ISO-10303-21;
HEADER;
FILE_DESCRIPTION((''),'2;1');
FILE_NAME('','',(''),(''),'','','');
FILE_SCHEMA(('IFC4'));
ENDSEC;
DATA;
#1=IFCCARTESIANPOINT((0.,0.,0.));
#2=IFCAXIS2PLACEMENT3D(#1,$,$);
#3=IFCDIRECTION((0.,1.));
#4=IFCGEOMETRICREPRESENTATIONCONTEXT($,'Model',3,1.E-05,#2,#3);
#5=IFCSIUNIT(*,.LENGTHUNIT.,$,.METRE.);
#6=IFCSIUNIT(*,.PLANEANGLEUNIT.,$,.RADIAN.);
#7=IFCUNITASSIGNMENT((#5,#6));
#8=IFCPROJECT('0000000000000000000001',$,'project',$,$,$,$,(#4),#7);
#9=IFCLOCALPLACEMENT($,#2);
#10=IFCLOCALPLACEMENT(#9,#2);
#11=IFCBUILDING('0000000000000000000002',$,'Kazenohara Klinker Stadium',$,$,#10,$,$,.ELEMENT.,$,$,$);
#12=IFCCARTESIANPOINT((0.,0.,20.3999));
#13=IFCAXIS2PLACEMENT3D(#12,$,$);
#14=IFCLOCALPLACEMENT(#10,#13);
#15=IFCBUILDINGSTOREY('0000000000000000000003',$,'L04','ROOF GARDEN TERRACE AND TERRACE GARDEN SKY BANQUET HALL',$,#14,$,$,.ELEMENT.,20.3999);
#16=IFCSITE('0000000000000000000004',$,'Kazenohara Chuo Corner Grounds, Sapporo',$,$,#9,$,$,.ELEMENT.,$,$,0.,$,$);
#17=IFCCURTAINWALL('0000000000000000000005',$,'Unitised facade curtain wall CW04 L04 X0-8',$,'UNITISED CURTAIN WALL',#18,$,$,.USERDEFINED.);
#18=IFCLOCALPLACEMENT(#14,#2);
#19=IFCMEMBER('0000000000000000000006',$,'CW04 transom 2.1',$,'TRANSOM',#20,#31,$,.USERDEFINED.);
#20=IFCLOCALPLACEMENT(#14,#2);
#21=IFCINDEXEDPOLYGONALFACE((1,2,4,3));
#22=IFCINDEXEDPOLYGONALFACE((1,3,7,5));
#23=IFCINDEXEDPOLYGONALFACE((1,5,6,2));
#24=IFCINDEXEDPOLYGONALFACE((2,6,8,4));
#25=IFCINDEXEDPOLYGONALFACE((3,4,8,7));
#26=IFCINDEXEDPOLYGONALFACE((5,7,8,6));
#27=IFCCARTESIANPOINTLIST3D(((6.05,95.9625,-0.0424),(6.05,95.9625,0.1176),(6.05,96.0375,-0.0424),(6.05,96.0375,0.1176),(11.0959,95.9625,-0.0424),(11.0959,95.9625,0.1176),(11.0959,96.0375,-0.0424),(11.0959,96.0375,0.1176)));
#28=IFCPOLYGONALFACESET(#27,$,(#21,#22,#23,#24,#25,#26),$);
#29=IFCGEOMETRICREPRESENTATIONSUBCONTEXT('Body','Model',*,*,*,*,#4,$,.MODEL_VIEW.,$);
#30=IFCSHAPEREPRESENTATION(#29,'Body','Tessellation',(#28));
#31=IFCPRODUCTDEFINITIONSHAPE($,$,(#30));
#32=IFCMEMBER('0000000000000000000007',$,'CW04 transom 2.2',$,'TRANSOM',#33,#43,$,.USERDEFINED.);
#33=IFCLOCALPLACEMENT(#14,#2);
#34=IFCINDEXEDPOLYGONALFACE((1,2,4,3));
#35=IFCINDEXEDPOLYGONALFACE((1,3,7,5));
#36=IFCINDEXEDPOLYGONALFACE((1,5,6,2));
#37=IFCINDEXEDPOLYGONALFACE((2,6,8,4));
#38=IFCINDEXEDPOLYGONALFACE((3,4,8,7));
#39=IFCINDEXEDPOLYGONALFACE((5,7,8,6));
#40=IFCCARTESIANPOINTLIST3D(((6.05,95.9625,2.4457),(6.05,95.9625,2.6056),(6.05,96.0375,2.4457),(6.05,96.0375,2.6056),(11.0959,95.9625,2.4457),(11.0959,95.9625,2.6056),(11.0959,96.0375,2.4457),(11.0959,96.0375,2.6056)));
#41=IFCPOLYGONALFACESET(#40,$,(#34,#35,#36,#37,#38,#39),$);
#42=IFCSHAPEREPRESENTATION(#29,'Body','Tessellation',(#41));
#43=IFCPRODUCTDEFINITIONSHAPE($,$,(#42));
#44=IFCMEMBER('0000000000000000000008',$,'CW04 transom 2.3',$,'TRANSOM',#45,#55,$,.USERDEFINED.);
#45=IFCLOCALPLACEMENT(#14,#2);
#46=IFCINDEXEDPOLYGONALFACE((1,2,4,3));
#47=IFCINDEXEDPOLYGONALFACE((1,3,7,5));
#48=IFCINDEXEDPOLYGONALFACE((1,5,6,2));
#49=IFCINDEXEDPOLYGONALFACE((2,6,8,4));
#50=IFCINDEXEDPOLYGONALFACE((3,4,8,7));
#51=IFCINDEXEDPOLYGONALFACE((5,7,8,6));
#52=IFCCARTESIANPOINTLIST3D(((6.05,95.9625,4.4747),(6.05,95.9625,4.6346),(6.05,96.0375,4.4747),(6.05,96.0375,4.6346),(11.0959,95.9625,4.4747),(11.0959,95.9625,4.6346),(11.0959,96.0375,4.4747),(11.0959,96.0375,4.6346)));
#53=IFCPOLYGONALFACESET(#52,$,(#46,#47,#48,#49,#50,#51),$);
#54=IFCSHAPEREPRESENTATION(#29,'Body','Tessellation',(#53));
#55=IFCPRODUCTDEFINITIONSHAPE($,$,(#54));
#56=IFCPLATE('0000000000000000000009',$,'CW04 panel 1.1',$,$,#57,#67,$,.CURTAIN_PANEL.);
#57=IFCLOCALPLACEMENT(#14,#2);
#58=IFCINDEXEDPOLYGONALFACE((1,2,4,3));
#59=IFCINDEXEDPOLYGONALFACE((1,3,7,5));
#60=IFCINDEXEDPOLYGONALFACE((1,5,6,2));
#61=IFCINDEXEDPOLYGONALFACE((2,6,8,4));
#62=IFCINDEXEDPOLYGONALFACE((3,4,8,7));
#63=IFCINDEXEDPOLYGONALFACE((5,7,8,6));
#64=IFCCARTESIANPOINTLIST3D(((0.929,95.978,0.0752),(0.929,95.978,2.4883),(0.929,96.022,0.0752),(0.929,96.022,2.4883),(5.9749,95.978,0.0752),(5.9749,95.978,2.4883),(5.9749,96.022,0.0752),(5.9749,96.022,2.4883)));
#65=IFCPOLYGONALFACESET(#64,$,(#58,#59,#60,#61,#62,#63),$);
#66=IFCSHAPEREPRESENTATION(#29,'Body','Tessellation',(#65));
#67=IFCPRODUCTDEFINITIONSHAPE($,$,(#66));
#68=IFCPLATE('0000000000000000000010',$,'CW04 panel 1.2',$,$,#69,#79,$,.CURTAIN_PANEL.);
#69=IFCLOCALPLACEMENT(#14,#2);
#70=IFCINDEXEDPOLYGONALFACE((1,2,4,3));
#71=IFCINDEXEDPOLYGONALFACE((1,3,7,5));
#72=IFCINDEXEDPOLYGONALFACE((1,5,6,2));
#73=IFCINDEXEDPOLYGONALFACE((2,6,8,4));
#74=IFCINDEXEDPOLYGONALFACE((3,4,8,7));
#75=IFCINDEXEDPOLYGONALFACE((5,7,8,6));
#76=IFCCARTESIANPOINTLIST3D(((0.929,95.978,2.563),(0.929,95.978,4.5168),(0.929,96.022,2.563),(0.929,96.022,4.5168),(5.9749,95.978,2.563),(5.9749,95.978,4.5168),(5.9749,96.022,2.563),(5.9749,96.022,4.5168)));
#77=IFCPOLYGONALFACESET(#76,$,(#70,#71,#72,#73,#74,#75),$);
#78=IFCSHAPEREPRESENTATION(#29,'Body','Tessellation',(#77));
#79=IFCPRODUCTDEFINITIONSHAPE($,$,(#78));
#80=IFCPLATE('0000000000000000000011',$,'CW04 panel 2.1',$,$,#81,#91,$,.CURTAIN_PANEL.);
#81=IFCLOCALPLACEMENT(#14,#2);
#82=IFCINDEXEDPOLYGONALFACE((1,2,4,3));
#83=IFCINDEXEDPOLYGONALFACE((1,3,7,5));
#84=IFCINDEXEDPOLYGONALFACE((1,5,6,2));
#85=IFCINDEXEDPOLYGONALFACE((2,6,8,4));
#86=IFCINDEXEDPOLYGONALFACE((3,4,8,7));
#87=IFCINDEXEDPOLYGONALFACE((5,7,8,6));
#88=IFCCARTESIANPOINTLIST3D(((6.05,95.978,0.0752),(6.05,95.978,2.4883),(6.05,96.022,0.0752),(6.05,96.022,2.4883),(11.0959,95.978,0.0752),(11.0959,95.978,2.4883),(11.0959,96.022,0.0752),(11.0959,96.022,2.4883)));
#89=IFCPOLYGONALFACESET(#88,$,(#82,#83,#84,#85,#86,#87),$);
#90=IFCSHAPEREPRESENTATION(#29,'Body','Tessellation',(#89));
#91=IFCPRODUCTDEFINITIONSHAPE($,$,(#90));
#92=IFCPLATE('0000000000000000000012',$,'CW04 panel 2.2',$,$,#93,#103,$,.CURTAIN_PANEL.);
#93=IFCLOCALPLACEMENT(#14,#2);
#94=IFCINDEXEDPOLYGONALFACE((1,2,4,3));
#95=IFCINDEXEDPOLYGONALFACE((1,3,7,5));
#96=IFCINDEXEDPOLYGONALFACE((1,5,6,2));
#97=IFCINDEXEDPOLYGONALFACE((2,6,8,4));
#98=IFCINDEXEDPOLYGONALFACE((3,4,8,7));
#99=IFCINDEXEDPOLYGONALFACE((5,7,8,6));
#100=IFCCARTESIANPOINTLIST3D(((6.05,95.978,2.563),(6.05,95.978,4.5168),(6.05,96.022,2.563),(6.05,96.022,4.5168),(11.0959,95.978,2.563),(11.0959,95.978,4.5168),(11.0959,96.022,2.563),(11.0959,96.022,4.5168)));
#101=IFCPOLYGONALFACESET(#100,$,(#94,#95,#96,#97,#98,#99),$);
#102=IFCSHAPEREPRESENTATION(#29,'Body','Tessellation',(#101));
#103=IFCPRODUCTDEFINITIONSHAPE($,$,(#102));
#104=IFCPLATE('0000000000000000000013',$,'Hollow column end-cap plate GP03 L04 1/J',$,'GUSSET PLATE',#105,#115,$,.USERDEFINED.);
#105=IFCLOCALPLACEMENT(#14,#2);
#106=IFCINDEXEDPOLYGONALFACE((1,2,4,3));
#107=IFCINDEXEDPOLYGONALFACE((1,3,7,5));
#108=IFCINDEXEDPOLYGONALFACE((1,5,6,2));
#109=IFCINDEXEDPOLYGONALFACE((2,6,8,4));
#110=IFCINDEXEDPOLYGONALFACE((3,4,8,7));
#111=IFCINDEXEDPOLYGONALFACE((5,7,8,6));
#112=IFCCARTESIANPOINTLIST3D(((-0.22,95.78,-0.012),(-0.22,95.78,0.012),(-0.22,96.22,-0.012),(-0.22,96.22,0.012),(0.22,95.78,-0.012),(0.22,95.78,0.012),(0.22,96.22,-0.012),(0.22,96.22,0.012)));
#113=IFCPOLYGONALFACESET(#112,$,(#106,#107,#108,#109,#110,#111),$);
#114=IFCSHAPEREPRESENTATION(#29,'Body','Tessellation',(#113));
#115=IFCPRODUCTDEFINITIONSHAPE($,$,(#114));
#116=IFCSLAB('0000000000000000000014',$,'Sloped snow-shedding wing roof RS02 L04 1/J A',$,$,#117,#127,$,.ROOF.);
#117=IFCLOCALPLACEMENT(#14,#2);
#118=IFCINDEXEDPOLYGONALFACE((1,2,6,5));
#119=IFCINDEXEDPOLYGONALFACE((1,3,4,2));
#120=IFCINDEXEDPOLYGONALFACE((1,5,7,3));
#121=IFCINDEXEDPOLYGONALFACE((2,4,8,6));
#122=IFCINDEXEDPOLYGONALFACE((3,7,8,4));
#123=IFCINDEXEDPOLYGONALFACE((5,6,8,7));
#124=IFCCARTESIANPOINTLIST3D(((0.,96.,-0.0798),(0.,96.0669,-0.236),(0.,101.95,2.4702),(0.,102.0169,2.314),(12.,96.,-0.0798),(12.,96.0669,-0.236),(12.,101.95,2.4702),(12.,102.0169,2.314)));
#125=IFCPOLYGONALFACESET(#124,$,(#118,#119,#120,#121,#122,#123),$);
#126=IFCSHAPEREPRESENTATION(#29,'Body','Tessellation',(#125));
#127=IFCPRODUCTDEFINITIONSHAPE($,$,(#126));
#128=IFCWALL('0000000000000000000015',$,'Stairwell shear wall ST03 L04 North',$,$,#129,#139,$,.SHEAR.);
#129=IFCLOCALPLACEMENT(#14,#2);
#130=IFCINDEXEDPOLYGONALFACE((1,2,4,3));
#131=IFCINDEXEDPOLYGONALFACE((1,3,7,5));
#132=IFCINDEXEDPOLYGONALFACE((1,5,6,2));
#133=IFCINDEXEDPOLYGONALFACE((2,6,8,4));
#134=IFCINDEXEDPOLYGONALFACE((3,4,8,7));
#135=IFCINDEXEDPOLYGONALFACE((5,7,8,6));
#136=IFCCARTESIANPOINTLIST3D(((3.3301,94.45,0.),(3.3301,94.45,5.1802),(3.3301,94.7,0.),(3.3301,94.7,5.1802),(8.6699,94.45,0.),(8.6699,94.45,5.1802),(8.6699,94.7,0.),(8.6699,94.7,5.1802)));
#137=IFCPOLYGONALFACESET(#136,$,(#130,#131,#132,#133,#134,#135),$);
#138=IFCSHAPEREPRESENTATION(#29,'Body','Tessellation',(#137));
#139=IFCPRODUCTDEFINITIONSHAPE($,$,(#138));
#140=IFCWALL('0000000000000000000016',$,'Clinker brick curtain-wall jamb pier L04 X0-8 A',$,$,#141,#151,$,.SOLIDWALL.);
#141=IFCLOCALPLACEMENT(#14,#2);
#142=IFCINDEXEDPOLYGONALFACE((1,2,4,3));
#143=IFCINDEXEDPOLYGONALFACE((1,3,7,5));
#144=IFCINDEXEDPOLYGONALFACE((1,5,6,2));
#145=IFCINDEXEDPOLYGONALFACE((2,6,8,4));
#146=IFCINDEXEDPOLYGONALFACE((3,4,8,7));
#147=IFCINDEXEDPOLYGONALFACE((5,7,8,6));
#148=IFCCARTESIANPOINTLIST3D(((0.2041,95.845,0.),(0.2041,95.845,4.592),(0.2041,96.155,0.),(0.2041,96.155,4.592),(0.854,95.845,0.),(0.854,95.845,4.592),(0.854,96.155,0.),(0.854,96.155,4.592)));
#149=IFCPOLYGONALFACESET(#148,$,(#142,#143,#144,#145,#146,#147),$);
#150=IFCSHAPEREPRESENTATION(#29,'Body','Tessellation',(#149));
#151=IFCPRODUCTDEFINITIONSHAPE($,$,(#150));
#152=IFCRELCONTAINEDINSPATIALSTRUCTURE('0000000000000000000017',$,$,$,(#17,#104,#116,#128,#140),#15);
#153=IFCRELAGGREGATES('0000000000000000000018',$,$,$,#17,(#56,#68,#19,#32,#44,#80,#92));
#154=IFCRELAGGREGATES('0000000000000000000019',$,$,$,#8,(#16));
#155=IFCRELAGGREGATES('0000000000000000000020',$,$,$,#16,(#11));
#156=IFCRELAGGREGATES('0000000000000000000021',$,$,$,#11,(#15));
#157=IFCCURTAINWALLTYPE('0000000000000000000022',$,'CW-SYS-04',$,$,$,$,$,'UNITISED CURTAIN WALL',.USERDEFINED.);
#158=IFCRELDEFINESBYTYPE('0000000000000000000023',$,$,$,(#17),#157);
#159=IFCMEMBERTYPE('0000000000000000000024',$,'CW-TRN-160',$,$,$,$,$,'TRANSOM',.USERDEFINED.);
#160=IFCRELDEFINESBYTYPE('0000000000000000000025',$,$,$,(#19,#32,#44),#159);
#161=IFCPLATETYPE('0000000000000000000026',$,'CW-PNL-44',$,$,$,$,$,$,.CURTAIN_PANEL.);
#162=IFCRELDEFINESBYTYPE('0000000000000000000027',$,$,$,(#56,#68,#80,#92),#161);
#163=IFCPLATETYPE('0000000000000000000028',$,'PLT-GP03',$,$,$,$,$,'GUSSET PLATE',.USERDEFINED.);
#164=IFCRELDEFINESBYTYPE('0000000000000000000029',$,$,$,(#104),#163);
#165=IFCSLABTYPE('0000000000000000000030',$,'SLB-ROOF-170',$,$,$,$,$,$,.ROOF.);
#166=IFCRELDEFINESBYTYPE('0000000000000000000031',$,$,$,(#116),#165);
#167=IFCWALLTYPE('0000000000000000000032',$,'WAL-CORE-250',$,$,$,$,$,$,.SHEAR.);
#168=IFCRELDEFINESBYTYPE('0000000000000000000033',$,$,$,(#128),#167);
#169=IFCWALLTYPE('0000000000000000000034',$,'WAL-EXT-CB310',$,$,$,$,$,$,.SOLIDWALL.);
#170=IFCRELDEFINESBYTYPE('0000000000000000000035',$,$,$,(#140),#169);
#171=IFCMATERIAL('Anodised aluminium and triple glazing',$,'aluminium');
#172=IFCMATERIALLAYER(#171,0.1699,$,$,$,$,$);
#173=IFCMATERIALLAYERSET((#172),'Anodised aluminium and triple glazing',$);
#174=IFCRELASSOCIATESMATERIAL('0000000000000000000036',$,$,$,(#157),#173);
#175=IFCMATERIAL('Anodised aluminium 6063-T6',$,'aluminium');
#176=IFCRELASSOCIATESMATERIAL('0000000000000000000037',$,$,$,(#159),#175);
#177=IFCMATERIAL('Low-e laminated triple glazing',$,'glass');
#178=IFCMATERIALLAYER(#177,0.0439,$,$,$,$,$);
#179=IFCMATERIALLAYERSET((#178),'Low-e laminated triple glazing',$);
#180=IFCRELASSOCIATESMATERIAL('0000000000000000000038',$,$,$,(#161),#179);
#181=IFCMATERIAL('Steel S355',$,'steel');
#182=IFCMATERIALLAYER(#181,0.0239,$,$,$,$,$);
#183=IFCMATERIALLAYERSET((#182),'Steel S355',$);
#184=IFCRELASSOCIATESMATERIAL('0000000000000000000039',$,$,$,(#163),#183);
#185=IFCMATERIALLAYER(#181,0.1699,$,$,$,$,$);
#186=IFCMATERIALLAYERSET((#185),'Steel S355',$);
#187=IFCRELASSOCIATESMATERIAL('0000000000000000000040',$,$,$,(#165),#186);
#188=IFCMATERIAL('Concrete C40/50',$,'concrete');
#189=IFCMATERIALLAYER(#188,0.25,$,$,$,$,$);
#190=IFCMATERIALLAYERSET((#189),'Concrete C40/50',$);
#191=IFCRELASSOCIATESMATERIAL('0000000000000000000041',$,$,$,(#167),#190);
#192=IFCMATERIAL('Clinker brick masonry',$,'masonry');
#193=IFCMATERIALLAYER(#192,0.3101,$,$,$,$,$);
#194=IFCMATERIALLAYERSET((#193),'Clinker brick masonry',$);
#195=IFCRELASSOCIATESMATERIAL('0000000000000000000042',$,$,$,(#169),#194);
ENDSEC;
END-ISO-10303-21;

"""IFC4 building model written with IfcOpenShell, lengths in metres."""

from ifc_helpers import new_model, si_unit, direction, frame, frame_2d, origin, origin_2d, place, context, subcontext, project, spatial, polyline, rectangle, outline, extrude, material, layer, layer_set, material_profile, profile_set, type_object, element, aggregate, save


model = new_model("IFC4")

# Units and contexts
model_context = context("Model", 3, precision=1e-05, world=origin(), true_north=direction((0.0, 1.0)))
body_context = subcontext(model_context, "Body", "Model", "MODEL_VIEW")
ifc_project = project(units=[si_unit("LENGTHUNIT", "METRE"), si_unit("PLANEANGLEUNIT", "RADIAN")], contexts=[model_context])

# Site, building, storey
site_placement = place(None, origin())
site = spatial("IfcSite", under=ifc_project, at=site_placement, Name="Kazenohara Chuo Corner Grounds, Sapporo", CompositionType="ELEMENT", RefElevation=0.0)
building_placement = place(site_placement, origin())
building = spatial("IfcBuilding", under=site, at=building_placement, Name="Kazenohara Klinker Stadium", CompositionType="ELEMENT")
storey_placement = place(building_placement, frame((0.0, 0.0, 20.3999)))
storey = spatial("IfcBuildingStorey", under=building, at=storey_placement, Name="L04", Description="ROOF GARDEN TERRACE AND TERRACE GARDEN SKY BANQUET HALL", CompositionType="ELEMENT", Elevation=20.3999)

# Shared definitions
ifc_material_1 = material(Name="Steel S355", Category="steel")

# Curtain wall, members, plates
ifc_material_2 = material(Name="Anodised aluminium and triple glazing", Category="aluminium")
ifc_layer_1 = layer(ifc_material_2, 0.1699)
ifc_layer_set_1 = layer_set([ifc_layer_1], Name="Anodised aluminium and triple glazing")
curtain_wall_type = type_object("IfcCurtainWallType", Name="CW-SYS-04", ElementType="UNITISED CURTAIN WALL", PredefinedType="USERDEFINED", material=ifc_layer_set_1)
curtain_wall_placement = place(storey_placement, origin())
curtain_wall = element("IfcCurtainWall", 1, at=curtain_wall_placement, inside=storey, type_object=curtain_wall_type, Name="Unitised facade curtain wall CW04 L04 X0-8", ObjectType="UNITISED CURTAIN WALL", PredefinedType="USERDEFINED")
ifc_material_3 = material(Name="Anodised aluminium 6063-T6", Category="aluminium")
ifc_material_profile_1 = material_profile(ifc_material_3, rectangle(XDim=0.075, YDim=0.1599, at=origin_2d()), Name="ALU-TRN-75x160")
ifc_profile_set_1 = profile_set([ifc_material_profile_1], Name="Anodised aluminium 6063-T6")
member_type_1 = type_object("IfcMemberType", Name="CW-TRN-160", ElementType="TRANSOM", PredefinedType="USERDEFINED", material=ifc_profile_set_1)
member_1_placement = place(storey_placement, frame((6.05, 96.0, 0.0376), z_axis=(1.0, 0.0, 0.0), x_axis=(0.0, 1.0, 0.0)))
member_1 = element("IfcMember", 2, at=member_1_placement, type_object=member_type_1, Name="CW04 transom 2.1", ObjectType="TRANSOM", PredefinedType="USERDEFINED", context=body_context, shape_type="SweptSolid", body=[
    extrude(rectangle(XDim=0.075, YDim=0.1599, at=origin_2d()), origin(), (0.0, 0.0, 1.0), 5.0459),
])
member_2_placement = place(storey_placement, frame((6.05, 96.0, 2.5256), z_axis=(1.0, 0.0, 0.0), x_axis=(0.0, 1.0, 0.0)))
member_2 = element("IfcMember", 3, at=member_2_placement, type_object=member_type_1, Name="CW04 transom 2.2", ObjectType="TRANSOM", PredefinedType="USERDEFINED", context=body_context, shape_type="SweptSolid", body=[
    extrude(rectangle(XDim=0.075, YDim=0.1599, at=origin_2d()), origin(), (0.0, 0.0, 1.0), 5.0459),
])
member_3_placement = place(storey_placement, frame((6.05, 96.0, 4.5547), z_axis=(1.0, 0.0, 0.0), x_axis=(0.0, 1.0, 0.0)))
member_3 = element("IfcMember", 4, at=member_3_placement, type_object=member_type_1, Name="CW04 transom 2.3", ObjectType="TRANSOM", PredefinedType="USERDEFINED", context=body_context, shape_type="SweptSolid", body=[
    extrude(rectangle(XDim=0.075, YDim=0.1599, at=origin_2d()), origin(), (0.0, 0.0, 1.0), 5.0459),
])
ifc_material_4 = material(Name="Low-e laminated triple glazing", Category="glass")
ifc_layer_2 = layer(ifc_material_4, 0.0439)
ifc_layer_set_2 = layer_set([ifc_layer_2], Name="Low-e laminated triple glazing")
plate_type_1 = type_object("IfcPlateType", Name="CW-PNL-44", PredefinedType="CURTAIN_PANEL", material=ifc_layer_set_2)
plate_1_placement = place(storey_placement, frame((3.4519, 96.0, 0.0752), z_axis=(0.0, 0.0, 1.0), x_axis=(1.0, 0.0, 0.0)))
plate_1 = element("IfcPlate", 5, at=plate_1_placement, type_object=plate_type_1, Name="CW04 panel 1.1", PredefinedType="CURTAIN_PANEL", context=body_context, shape_type="SweptSolid", body=[
    extrude(rectangle(XDim=5.0459, YDim=0.0439, at=origin_2d()), origin(), (0.0, 0.0, 1.0), 2.4131),
])
plate_2_placement = place(storey_placement, frame((3.4519, 96.0, 2.563), z_axis=(0.0, 0.0, 1.0), x_axis=(1.0, 0.0, 0.0)))
plate_2 = element("IfcPlate", 6, at=plate_2_placement, type_object=plate_type_1, Name="CW04 panel 1.2", PredefinedType="CURTAIN_PANEL", context=body_context, shape_type="SweptSolid", body=[
    extrude(rectangle(XDim=5.0459, YDim=0.0439, at=origin_2d()), origin(), (0.0, 0.0, 1.0), 1.9539),
])
plate_3_placement = place(storey_placement, frame((8.573, 96.0, 0.0752), z_axis=(0.0, 0.0, 1.0), x_axis=(1.0, 0.0, 0.0)))
plate_3 = element("IfcPlate", 7, at=plate_3_placement, type_object=plate_type_1, Name="CW04 panel 2.1", PredefinedType="CURTAIN_PANEL", context=body_context, shape_type="SweptSolid", body=[
    extrude(rectangle(XDim=5.0459, YDim=0.0439, at=origin_2d()), origin(), (0.0, 0.0, 1.0), 2.4131),
])
plate_4_placement = place(storey_placement, frame((8.573, 96.0, 2.563), z_axis=(0.0, 0.0, 1.0), x_axis=(1.0, 0.0, 0.0)))
plate_4 = element("IfcPlate", 8, at=plate_4_placement, type_object=plate_type_1, Name="CW04 panel 2.2", PredefinedType="CURTAIN_PANEL", context=body_context, shape_type="SweptSolid", body=[
    extrude(rectangle(XDim=5.0459, YDim=0.0439, at=origin_2d()), origin(), (0.0, 0.0, 1.0), 1.9539),
])
aggregate(curtain_wall, [plate_1, plate_2, member_1, member_2, member_3, plate_3, plate_4])

# Plate
ifc_layer_3 = layer(ifc_material_1, 0.0239)
ifc_layer_set_3 = layer_set([ifc_layer_3], Name="Steel S355")
plate_type_2 = type_object("IfcPlateType", Name="PLT-GP03", ElementType="GUSSET PLATE", PredefinedType="USERDEFINED", material=ifc_layer_set_3)
plate_5_placement = place(storey_placement, frame((0.0, 96.0, -0.012), z_axis=(0.0, 0.0, 1.0), x_axis=(1.0, 0.0, 0.0)))
element("IfcPlate", 9, at=plate_5_placement, inside=storey, type_object=plate_type_2, Name="Hollow column end-cap plate GP03 L04 1/J", ObjectType="GUSSET PLATE", PredefinedType="USERDEFINED", context=body_context, shape_type="SweptSolid", body=[
    extrude(rectangle(XDim=0.4399, YDim=0.4399, at=origin_2d()), origin(), (0.0, 0.0, 1.0), 0.0239),
])

# Slab
ifc_layer_4 = layer(ifc_material_1, 0.1699)
ifc_layer_set_4 = layer_set([ifc_layer_4], Name="Steel S355")
slab_type = type_object("IfcSlabType", Name="SLB-ROOF-170", PredefinedType="ROOF", material=ifc_layer_set_4)
slab_placement = place(storey_placement, frame((0.0, 96.0, -0.0798), z_axis=(0.0, -0.393928, 0.919141), x_axis=(1.0, 0.0, 0.0)))
element("IfcSlab", 10, at=slab_placement, inside=storey, type_object=slab_type, Name="Sloped snow-shedding wing roof RS02 L04 1/J A", PredefinedType="ROOF", context=body_context, shape_type="SweptSolid", body=[
    extrude(outline(polyline([(0.0, 0.0), (12.0, 0.0), (12.0, 6.4734), (0.0, 6.4734), (0.0, 0.0)])), origin(), (0.0, 0.0, -1.0), 0.1699),
])

# Walls
ifc_material_5 = material(Name="Concrete C40/50", Category="concrete")
ifc_layer_5 = layer(ifc_material_5, 0.25)
ifc_layer_set_5 = layer_set([ifc_layer_5], Name="Concrete C40/50")
wall_type_1 = type_object("IfcWallType", Name="WAL-CORE-250", PredefinedType="SHEAR", material=ifc_layer_set_5)
wall_1_placement = place(storey_placement, frame((3.3301, 94.575, 0.0), z_axis=(0.0, 0.0, 1.0), x_axis=(1.0, 0.0, 0.0)))
element("IfcWall", 11, at=wall_1_placement, inside=storey, type_object=wall_type_1, Name="Stairwell shear wall ST03 L04 North", PredefinedType="SHEAR", context=body_context, shape_type="SweptSolid", body=[
    extrude(rectangle(XDim=5.3398, YDim=0.25, at=frame_2d((2.6699, 0.0))), origin(), (0.0, 0.0, 1.0), 5.1802),
])
ifc_material_6 = material(Name="Clinker brick masonry", Category="masonry")
ifc_layer_6 = layer(ifc_material_6, 0.3101)
ifc_layer_set_6 = layer_set([ifc_layer_6], Name="Clinker brick masonry")
wall_type_2 = type_object("IfcWallType", Name="WAL-EXT-CB310", PredefinedType="SOLIDWALL", material=ifc_layer_set_6)
wall_2_placement = place(storey_placement, frame((0.2041, 96.0, 0.0), z_axis=(0.0, 0.0, 1.0), x_axis=(1.0, 0.0, 0.0)))
element("IfcWall", 12, at=wall_2_placement, inside=storey, type_object=wall_type_2, Name="Clinker brick curtain-wall jamb pier L04 X0-8 A", PredefinedType="SOLIDWALL", context=body_context, shape_type="SweptSolid", body=[
    extrude(rectangle(XDim=0.6499, YDim=0.3101, at=frame_2d((0.325, 0.0))), origin(), (0.0, 0.0, 1.0), 4.592),
])

save(model, "model.ifc")
